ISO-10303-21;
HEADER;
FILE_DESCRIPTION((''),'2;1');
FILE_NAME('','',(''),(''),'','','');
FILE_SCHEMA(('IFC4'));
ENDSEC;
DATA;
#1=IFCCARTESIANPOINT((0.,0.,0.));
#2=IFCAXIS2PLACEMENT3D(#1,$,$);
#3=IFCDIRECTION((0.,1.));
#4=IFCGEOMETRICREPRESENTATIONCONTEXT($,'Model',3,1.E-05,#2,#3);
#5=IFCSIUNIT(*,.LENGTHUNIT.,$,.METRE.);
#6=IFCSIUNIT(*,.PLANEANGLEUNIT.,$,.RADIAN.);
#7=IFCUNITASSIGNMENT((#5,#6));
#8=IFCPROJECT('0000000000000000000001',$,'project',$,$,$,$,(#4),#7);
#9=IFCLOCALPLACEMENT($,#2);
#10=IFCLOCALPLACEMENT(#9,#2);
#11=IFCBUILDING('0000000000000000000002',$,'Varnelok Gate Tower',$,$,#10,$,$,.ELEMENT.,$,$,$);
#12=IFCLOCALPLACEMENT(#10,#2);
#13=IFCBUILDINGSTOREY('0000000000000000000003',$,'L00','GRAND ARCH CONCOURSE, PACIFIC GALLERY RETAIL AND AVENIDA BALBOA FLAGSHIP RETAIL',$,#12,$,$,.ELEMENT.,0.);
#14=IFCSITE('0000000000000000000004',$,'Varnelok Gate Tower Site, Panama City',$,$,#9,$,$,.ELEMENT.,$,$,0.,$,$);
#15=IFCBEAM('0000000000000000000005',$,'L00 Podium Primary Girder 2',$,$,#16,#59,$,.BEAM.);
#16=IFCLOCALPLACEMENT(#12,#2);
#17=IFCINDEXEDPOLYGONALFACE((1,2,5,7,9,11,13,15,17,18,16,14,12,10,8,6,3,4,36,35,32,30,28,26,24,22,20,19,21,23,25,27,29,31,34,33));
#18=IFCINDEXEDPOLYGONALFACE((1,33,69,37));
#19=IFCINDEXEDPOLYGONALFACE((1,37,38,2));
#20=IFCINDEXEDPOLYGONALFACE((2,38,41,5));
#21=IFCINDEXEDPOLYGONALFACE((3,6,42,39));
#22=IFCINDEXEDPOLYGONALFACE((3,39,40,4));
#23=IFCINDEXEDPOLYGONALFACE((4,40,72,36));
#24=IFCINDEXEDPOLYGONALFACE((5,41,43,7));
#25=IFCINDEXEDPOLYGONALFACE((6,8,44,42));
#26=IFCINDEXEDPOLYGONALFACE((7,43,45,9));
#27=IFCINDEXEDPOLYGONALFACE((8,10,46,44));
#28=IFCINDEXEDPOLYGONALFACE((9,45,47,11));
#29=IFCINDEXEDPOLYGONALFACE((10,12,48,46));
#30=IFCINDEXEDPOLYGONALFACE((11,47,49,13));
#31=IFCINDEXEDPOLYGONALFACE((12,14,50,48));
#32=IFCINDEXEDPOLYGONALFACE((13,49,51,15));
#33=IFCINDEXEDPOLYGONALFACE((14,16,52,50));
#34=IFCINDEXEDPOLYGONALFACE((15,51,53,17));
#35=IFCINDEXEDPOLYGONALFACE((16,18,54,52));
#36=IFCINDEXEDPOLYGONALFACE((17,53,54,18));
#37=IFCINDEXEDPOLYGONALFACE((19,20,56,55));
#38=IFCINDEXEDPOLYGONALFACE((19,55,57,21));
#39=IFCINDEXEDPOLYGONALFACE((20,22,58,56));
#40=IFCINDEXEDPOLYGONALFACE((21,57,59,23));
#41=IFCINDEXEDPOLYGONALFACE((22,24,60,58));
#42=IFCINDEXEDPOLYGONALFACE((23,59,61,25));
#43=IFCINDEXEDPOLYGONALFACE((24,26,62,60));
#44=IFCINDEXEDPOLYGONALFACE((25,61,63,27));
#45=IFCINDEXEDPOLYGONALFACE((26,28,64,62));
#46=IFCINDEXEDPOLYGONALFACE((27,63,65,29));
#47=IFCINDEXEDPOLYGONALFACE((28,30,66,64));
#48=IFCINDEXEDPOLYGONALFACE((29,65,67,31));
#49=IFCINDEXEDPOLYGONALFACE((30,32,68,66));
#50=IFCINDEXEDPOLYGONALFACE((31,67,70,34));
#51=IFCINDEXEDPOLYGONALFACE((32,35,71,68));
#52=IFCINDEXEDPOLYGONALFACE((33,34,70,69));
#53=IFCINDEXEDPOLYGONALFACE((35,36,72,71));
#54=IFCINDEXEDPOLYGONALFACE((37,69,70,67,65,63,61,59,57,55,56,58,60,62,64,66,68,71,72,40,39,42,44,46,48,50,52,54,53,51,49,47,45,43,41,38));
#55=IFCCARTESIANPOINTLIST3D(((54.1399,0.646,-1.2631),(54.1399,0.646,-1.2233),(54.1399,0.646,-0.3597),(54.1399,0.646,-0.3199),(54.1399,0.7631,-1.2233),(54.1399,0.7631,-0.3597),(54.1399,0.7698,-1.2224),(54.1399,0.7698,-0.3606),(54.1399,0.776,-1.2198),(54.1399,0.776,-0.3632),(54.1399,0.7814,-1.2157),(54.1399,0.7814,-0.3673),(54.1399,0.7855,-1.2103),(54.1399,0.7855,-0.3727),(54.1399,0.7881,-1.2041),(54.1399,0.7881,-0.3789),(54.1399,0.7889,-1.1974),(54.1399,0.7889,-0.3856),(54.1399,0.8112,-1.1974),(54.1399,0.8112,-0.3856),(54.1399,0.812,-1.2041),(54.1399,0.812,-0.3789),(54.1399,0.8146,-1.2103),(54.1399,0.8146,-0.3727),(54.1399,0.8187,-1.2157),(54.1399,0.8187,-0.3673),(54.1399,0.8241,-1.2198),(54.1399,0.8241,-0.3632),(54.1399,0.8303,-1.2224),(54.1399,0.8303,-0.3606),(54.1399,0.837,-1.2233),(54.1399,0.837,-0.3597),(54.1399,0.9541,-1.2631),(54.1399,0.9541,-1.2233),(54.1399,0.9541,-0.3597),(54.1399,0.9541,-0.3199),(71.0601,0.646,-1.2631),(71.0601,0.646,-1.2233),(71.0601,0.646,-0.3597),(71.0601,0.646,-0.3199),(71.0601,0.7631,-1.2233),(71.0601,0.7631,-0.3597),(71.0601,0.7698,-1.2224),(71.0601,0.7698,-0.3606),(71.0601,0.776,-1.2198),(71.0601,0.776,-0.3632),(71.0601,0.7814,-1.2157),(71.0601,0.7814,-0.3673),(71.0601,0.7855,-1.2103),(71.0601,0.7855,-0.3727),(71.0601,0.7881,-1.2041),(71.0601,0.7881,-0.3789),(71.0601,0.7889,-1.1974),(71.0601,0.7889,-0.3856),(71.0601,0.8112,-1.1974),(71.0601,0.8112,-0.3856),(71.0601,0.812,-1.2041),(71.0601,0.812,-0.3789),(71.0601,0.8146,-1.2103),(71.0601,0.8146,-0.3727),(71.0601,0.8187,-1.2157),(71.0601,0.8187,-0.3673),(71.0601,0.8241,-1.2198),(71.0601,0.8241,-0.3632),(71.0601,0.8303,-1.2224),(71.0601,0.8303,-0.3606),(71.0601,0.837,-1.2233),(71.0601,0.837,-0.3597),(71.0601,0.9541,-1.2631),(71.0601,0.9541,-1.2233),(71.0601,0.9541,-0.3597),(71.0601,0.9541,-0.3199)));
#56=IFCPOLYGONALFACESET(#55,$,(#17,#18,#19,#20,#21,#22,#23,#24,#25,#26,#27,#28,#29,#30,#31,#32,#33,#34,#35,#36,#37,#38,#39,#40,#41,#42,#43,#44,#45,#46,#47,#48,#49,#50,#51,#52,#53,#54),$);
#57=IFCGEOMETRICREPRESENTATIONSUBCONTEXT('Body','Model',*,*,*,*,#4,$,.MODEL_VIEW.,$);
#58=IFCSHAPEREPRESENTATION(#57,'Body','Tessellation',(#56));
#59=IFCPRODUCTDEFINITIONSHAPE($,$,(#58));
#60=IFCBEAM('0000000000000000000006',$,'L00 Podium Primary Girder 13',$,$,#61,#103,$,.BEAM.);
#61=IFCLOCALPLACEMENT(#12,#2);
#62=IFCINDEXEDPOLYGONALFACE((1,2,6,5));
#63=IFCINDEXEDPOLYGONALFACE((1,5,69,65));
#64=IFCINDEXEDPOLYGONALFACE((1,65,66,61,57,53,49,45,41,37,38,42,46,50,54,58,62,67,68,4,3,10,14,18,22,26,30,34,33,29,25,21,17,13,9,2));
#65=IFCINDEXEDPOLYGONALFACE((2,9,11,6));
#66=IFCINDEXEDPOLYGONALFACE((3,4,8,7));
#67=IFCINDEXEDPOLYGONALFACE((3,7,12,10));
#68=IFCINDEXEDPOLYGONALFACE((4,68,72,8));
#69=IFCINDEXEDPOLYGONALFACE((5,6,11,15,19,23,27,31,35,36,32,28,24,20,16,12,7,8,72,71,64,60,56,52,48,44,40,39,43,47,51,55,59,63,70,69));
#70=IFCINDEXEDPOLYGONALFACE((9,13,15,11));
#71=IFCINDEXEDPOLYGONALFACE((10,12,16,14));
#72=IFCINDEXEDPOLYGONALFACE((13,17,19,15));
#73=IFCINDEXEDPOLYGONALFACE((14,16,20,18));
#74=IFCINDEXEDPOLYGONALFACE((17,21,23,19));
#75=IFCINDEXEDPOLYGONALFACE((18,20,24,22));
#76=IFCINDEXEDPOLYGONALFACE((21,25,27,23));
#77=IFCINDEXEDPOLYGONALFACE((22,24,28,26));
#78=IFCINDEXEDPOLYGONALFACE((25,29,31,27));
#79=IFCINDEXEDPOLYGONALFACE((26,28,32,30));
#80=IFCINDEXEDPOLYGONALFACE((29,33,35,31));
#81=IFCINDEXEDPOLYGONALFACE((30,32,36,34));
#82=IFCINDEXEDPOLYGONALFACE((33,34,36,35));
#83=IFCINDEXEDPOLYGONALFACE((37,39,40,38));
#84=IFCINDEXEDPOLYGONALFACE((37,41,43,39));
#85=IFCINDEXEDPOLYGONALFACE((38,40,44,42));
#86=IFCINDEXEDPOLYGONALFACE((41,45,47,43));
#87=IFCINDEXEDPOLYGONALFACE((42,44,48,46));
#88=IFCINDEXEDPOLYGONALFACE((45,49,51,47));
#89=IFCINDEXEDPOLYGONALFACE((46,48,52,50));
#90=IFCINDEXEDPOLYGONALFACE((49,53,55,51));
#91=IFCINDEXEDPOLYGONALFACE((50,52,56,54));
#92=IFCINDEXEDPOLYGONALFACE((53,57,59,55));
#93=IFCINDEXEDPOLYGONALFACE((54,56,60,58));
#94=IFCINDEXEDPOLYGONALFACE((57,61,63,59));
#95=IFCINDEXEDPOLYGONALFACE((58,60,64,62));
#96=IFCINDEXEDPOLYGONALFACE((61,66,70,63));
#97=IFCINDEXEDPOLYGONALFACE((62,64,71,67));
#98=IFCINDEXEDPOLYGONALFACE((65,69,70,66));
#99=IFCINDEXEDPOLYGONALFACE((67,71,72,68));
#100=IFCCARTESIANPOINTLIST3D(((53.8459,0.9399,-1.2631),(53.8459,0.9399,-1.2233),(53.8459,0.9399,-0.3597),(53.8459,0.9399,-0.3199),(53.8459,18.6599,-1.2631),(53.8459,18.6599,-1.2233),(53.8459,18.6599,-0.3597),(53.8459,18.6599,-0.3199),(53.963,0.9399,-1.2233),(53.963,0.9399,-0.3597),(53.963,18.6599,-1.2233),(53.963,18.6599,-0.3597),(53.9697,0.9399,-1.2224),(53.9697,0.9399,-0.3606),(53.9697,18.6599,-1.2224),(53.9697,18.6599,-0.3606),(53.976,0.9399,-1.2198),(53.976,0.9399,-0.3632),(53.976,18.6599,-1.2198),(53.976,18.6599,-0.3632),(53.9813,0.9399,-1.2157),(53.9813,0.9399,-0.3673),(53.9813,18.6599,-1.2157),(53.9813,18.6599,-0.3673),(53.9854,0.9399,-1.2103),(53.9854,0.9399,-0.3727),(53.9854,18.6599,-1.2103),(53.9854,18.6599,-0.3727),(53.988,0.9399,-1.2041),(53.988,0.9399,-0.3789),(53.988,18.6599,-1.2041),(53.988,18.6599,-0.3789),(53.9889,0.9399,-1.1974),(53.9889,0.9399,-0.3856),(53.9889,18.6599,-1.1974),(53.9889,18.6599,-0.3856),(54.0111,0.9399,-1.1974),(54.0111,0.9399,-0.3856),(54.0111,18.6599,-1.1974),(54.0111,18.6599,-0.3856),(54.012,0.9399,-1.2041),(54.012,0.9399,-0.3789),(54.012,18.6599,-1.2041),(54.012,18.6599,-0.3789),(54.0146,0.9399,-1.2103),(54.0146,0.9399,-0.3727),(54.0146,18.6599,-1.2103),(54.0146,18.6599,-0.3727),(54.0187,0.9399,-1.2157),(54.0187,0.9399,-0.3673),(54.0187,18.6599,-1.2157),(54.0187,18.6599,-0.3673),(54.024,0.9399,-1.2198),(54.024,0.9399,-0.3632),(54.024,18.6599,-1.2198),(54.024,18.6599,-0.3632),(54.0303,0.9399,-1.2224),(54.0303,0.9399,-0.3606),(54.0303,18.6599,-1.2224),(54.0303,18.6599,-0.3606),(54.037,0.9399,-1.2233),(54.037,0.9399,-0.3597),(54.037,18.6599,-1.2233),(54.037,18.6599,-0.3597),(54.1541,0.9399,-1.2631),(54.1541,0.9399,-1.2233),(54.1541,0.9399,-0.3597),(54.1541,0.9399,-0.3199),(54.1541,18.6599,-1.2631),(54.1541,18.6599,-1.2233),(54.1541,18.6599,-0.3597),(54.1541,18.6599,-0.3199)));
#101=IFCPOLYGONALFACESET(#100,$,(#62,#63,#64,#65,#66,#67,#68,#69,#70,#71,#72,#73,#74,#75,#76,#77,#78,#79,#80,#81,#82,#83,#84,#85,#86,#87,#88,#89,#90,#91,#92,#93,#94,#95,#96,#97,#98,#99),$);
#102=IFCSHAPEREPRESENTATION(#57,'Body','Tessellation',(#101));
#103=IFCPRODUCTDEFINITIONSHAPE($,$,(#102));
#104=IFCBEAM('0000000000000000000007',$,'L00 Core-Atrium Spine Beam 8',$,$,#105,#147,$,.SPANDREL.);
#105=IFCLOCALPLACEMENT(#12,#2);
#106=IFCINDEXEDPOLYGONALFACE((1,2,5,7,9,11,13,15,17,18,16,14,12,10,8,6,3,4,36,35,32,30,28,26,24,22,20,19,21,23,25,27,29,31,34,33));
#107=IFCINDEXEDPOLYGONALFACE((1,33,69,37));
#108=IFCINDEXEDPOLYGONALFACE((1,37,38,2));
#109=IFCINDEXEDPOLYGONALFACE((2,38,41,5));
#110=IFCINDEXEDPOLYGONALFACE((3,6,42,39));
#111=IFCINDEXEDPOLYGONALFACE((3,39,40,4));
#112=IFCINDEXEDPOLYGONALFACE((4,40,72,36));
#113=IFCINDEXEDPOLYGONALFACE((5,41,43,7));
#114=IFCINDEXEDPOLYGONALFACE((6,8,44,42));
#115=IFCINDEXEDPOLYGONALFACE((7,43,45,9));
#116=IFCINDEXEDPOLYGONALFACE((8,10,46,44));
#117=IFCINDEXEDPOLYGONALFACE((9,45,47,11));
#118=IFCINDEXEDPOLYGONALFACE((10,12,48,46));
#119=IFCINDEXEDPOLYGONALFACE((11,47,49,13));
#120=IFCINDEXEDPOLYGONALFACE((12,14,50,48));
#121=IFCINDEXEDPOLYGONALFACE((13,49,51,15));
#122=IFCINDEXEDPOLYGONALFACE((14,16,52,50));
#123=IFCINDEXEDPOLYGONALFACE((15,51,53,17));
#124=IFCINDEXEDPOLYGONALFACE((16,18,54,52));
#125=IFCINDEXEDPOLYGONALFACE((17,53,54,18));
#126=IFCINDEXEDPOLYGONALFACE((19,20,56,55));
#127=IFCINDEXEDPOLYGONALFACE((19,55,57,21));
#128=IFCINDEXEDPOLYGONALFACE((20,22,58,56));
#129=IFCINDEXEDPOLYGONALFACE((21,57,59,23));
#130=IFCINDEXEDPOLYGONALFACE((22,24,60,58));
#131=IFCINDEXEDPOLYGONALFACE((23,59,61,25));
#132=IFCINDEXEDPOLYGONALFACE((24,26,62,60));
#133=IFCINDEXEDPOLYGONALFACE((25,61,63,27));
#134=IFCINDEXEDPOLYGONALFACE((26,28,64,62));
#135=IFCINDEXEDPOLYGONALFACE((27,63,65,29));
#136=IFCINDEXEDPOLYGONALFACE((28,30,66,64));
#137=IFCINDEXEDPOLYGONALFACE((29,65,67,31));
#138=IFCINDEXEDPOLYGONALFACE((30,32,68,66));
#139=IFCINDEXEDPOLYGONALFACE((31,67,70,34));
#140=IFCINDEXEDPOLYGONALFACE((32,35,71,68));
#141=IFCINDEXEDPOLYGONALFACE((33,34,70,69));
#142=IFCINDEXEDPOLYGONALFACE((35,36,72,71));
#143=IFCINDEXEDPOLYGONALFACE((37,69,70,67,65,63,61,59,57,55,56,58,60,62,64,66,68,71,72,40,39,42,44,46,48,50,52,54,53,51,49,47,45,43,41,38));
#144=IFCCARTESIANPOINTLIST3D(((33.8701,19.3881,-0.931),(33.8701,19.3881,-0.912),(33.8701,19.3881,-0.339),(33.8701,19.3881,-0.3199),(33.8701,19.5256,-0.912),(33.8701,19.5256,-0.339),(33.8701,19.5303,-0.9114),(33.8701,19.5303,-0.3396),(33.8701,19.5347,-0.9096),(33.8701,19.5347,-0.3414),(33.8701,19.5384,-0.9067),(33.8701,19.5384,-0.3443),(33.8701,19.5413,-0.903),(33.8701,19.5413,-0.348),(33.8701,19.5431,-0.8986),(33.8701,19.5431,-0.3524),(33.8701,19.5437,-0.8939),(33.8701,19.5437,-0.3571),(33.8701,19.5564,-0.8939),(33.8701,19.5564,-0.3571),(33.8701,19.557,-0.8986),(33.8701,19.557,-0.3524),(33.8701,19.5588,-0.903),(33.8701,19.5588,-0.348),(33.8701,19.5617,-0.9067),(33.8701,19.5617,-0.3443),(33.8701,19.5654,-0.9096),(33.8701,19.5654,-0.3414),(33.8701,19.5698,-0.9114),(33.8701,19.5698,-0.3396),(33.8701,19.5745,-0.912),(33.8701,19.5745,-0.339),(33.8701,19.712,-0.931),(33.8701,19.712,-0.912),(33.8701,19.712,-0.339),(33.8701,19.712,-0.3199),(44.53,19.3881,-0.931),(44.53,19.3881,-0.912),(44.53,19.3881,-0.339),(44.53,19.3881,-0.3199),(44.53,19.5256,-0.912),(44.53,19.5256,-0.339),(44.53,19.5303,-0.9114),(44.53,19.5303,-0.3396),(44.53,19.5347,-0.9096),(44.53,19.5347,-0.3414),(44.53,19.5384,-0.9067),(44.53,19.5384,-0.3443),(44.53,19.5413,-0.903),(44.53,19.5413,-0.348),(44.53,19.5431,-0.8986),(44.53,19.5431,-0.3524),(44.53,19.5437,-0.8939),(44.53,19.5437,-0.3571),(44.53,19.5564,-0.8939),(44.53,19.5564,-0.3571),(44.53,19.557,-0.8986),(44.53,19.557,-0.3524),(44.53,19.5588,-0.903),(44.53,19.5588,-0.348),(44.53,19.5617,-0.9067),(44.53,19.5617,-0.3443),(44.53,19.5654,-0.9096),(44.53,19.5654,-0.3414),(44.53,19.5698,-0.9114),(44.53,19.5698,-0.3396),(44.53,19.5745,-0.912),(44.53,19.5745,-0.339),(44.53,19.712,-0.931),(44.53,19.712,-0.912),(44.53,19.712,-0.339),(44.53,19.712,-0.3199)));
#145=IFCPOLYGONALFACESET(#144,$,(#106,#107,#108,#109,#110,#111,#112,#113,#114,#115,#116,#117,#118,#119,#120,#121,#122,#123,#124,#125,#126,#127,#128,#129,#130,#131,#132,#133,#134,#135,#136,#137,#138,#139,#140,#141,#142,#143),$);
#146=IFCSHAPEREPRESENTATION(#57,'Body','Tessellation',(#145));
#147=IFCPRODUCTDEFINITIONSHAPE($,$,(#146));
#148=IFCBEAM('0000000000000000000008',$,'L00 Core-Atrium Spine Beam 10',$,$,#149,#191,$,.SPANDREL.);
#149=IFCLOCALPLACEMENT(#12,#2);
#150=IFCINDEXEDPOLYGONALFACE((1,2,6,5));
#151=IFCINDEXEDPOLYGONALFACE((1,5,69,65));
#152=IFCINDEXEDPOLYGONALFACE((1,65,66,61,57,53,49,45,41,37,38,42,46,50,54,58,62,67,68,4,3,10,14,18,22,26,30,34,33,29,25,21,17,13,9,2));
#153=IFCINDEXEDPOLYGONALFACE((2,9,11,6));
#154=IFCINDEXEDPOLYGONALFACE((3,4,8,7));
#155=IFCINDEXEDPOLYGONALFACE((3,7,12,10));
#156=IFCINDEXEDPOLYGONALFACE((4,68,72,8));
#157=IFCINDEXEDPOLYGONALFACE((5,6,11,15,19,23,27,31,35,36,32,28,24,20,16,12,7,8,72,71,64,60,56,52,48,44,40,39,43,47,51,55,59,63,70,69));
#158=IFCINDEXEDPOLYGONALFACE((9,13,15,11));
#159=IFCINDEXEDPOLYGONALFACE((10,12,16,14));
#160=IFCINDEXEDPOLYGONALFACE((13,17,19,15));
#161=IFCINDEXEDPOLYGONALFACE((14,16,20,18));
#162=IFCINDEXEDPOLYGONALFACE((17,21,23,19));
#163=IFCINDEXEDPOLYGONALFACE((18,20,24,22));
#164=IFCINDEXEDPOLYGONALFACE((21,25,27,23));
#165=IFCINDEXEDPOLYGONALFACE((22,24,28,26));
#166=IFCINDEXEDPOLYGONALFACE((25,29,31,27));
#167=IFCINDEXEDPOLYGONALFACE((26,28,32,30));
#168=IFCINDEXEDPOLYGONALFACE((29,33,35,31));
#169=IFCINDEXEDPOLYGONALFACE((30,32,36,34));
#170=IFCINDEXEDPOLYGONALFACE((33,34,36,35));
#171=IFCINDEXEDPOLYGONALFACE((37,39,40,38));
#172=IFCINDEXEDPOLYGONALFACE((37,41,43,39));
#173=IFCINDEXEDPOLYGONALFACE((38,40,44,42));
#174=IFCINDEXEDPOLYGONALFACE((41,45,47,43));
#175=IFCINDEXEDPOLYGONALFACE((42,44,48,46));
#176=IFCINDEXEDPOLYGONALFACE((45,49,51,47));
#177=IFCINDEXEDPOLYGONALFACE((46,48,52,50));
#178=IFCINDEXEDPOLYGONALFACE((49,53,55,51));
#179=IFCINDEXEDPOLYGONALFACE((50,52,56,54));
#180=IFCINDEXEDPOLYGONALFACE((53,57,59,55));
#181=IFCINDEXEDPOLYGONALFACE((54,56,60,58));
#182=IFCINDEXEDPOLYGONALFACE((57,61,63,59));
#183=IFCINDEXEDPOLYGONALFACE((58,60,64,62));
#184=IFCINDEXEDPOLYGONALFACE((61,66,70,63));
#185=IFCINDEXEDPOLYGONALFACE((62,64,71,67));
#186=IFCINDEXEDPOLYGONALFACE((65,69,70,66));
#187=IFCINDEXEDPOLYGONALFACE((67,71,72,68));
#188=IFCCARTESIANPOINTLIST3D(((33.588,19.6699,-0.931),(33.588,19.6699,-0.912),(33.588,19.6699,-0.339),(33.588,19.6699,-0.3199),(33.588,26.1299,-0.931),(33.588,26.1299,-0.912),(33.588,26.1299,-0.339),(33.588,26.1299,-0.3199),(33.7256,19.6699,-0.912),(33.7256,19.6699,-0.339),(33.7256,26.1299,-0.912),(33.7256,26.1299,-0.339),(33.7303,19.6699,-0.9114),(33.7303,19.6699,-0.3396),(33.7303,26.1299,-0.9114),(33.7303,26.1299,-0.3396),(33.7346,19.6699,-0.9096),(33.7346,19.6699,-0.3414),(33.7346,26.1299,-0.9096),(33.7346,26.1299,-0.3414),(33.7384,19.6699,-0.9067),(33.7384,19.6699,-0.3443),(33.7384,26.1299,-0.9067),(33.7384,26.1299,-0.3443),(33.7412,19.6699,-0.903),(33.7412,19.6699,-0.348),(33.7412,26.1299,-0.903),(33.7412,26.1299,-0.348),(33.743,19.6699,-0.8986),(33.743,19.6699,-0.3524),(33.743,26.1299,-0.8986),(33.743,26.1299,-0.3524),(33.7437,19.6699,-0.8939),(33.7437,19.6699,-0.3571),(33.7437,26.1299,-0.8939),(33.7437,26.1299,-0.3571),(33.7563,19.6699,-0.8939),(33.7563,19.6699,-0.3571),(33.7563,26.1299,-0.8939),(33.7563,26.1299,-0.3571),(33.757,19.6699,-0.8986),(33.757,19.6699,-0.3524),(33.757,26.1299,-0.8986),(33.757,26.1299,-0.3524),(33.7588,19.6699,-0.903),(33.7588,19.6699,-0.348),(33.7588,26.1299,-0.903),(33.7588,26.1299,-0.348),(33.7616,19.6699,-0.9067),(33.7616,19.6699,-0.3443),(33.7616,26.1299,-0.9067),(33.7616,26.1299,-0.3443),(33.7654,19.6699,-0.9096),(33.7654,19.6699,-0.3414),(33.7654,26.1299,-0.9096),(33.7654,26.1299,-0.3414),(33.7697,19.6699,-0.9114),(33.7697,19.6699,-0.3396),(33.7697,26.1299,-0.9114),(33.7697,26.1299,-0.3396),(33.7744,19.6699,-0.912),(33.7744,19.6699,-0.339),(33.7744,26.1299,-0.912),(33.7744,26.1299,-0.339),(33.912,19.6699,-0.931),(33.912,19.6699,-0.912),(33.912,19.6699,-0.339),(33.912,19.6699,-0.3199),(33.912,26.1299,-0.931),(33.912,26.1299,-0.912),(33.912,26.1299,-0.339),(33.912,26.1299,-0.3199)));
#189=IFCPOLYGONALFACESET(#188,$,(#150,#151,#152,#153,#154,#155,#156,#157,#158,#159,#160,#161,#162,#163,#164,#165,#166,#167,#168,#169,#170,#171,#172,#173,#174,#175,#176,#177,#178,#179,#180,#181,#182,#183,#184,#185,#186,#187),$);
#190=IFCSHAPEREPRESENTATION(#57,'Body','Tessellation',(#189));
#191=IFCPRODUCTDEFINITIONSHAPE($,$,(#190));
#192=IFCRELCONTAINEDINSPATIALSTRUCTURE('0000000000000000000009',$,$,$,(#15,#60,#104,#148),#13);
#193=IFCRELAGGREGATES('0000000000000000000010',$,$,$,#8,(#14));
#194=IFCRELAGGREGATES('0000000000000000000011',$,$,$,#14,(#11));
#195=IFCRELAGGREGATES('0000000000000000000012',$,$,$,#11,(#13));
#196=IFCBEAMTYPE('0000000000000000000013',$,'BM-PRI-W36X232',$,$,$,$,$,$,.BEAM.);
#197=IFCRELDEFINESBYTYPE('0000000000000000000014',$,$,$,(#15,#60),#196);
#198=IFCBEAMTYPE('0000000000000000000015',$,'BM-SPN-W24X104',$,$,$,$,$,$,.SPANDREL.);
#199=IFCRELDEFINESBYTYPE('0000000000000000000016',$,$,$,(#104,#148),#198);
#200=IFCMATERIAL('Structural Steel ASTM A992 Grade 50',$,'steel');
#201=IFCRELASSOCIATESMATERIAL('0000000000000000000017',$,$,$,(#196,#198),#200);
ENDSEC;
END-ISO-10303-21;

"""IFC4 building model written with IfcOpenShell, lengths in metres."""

from ifc_helpers import new_model, si_unit, direction, frame, origin, origin_2d, place, context, subcontext, project, spatial, i_section, extrude, material, material_profile, profile_set, type_object, element, save


model = new_model("IFC4")

# Units and contexts
model_context = context("Model", 3, precision=1e-05, world=origin(), true_north=direction((0.0, 1.0)))
body_context = subcontext(model_context, "Body", "Model", "MODEL_VIEW")
ifc_project = project(units=[si_unit("LENGTHUNIT", "METRE"), si_unit("PLANEANGLEUNIT", "RADIAN")], contexts=[model_context])

# Site, building, storey
site_placement = place(None, origin())
site = spatial("IfcSite", under=ifc_project, at=site_placement, Name="Varnelok Gate Tower Site, Panama City", CompositionType="ELEMENT", RefElevation=0.0)
building_placement = place(site_placement, origin())
building = spatial("IfcBuilding", under=site, at=building_placement, Name="Varnelok Gate Tower", CompositionType="ELEMENT")
storey_placement = place(building_placement, origin())
storey = spatial("IfcBuildingStorey", under=building, at=storey_placement, Name="L00", Description="GRAND ARCH CONCOURSE, PACIFIC GALLERY RETAIL AND AVENIDA BALBOA FLAGSHIP RETAIL", CompositionType="ELEMENT", Elevation=0.0)

# Shared definitions
ifc_material_1 = material(Name="Structural Steel ASTM A992 Grade 50", Category="steel")

# Beams
ifc_material_profile_1 = material_profile(ifc_material_1, i_section(OverallWidth=0.3081, OverallDepth=0.9431, WebThickness=0.0222, FlangeThickness=0.0398, FilletRadius=0.0259, at=origin_2d()), Name="W36X232")
ifc_profile_set_1 = profile_set([ifc_material_profile_1], Name="Structural Steel ASTM A992 Grade 50")
beam_type_1 = type_object("IfcBeamType", Name="BM-PRI-W36X232", PredefinedType="BEAM", material=ifc_profile_set_1)
beam_1_placement = place(storey_placement, frame((54.1399, 0.8, -0.7915), z_axis=(1.0, 0.0, 0.0), x_axis=(0.0, 1.0, 0.0)))
element("IfcBeam", 1, at=beam_1_placement, inside=storey, type_object=beam_type_1, Name="L00 Podium Primary Girder 2", PredefinedType="BEAM", context=body_context, shape_type="SweptSolid", body=[
    extrude(i_section(OverallWidth=0.3081, OverallDepth=0.9431, WebThickness=0.0222, FlangeThickness=0.0398, FilletRadius=0.0259, at=origin_2d()), origin(), (0.0, 0.0, 1.0), 16.9202),
])
beam_2_placement = place(storey_placement, frame((54.0, 0.9399, -0.7915), z_axis=(0.0, 1.0, 0.0), x_axis=(-1.0, 0.0, 0.0)))
element("IfcBeam", 2, at=beam_2_placement, inside=storey, type_object=beam_type_1, Name="L00 Podium Primary Girder 13", PredefinedType="BEAM", context=body_context, shape_type="SweptSolid", body=[
    extrude(i_section(OverallWidth=0.3081, OverallDepth=0.9431, WebThickness=0.0222, FlangeThickness=0.0398, FilletRadius=0.0259, at=origin_2d()), origin(), (0.0, 0.0, 1.0), 17.72),
])
ifc_material_profile_2 = material_profile(ifc_material_1, i_section(OverallWidth=0.324, OverallDepth=0.6111, WebThickness=0.0127, FlangeThickness=0.019, FilletRadius=0.0181, at=origin_2d()), Name="W24X104")
ifc_profile_set_2 = profile_set([ifc_material_profile_2], Name="Structural Steel ASTM A992 Grade 50")
beam_type_2 = type_object("IfcBeamType", Name="BM-SPN-W24X104", PredefinedType="SPANDREL", material=ifc_profile_set_2)
beam_3_placement = place(storey_placement, frame((33.8701, 19.55, -0.6255), z_axis=(1.0, 0.0, 0.0), x_axis=(0.0, 1.0, 0.0)))
element("IfcBeam", 3, at=beam_3_placement, inside=storey, type_object=beam_type_2, Name="L00 Core-Atrium Spine Beam 8", PredefinedType="SPANDREL", context=body_context, shape_type="SweptSolid", body=[
    extrude(i_section(OverallWidth=0.324, OverallDepth=0.6111, WebThickness=0.0127, FlangeThickness=0.019, FilletRadius=0.0181, at=origin_2d()), origin(), (0.0, 0.0, 1.0), 10.6599),
])
for number, where, z_axis, x_axis, name in (
    (4, (33.75, 19.6699, -0.6255), (0.0, 1.0, 0.0), (-1.0, 0.0, 0.0), "L00 Core-Atrium Spine Beam 10"),
):
    element("IfcBeam", number, at=place(storey_placement, frame(where, z_axis=z_axis, x_axis=x_axis)), inside=storey, type_object=beam_type_2, Name=name, PredefinedType="SPANDREL", context=body_context, shape_type="SweptSolid", body=[
        extrude(i_section(OverallWidth=0.324, OverallDepth=0.6111, WebThickness=0.0127, FlangeThickness=0.019, FilletRadius=0.0181, at=origin_2d()), origin(), (0.0, 0.0, 1.0), 6.46),
    ])

save(model, "model.ifc")
